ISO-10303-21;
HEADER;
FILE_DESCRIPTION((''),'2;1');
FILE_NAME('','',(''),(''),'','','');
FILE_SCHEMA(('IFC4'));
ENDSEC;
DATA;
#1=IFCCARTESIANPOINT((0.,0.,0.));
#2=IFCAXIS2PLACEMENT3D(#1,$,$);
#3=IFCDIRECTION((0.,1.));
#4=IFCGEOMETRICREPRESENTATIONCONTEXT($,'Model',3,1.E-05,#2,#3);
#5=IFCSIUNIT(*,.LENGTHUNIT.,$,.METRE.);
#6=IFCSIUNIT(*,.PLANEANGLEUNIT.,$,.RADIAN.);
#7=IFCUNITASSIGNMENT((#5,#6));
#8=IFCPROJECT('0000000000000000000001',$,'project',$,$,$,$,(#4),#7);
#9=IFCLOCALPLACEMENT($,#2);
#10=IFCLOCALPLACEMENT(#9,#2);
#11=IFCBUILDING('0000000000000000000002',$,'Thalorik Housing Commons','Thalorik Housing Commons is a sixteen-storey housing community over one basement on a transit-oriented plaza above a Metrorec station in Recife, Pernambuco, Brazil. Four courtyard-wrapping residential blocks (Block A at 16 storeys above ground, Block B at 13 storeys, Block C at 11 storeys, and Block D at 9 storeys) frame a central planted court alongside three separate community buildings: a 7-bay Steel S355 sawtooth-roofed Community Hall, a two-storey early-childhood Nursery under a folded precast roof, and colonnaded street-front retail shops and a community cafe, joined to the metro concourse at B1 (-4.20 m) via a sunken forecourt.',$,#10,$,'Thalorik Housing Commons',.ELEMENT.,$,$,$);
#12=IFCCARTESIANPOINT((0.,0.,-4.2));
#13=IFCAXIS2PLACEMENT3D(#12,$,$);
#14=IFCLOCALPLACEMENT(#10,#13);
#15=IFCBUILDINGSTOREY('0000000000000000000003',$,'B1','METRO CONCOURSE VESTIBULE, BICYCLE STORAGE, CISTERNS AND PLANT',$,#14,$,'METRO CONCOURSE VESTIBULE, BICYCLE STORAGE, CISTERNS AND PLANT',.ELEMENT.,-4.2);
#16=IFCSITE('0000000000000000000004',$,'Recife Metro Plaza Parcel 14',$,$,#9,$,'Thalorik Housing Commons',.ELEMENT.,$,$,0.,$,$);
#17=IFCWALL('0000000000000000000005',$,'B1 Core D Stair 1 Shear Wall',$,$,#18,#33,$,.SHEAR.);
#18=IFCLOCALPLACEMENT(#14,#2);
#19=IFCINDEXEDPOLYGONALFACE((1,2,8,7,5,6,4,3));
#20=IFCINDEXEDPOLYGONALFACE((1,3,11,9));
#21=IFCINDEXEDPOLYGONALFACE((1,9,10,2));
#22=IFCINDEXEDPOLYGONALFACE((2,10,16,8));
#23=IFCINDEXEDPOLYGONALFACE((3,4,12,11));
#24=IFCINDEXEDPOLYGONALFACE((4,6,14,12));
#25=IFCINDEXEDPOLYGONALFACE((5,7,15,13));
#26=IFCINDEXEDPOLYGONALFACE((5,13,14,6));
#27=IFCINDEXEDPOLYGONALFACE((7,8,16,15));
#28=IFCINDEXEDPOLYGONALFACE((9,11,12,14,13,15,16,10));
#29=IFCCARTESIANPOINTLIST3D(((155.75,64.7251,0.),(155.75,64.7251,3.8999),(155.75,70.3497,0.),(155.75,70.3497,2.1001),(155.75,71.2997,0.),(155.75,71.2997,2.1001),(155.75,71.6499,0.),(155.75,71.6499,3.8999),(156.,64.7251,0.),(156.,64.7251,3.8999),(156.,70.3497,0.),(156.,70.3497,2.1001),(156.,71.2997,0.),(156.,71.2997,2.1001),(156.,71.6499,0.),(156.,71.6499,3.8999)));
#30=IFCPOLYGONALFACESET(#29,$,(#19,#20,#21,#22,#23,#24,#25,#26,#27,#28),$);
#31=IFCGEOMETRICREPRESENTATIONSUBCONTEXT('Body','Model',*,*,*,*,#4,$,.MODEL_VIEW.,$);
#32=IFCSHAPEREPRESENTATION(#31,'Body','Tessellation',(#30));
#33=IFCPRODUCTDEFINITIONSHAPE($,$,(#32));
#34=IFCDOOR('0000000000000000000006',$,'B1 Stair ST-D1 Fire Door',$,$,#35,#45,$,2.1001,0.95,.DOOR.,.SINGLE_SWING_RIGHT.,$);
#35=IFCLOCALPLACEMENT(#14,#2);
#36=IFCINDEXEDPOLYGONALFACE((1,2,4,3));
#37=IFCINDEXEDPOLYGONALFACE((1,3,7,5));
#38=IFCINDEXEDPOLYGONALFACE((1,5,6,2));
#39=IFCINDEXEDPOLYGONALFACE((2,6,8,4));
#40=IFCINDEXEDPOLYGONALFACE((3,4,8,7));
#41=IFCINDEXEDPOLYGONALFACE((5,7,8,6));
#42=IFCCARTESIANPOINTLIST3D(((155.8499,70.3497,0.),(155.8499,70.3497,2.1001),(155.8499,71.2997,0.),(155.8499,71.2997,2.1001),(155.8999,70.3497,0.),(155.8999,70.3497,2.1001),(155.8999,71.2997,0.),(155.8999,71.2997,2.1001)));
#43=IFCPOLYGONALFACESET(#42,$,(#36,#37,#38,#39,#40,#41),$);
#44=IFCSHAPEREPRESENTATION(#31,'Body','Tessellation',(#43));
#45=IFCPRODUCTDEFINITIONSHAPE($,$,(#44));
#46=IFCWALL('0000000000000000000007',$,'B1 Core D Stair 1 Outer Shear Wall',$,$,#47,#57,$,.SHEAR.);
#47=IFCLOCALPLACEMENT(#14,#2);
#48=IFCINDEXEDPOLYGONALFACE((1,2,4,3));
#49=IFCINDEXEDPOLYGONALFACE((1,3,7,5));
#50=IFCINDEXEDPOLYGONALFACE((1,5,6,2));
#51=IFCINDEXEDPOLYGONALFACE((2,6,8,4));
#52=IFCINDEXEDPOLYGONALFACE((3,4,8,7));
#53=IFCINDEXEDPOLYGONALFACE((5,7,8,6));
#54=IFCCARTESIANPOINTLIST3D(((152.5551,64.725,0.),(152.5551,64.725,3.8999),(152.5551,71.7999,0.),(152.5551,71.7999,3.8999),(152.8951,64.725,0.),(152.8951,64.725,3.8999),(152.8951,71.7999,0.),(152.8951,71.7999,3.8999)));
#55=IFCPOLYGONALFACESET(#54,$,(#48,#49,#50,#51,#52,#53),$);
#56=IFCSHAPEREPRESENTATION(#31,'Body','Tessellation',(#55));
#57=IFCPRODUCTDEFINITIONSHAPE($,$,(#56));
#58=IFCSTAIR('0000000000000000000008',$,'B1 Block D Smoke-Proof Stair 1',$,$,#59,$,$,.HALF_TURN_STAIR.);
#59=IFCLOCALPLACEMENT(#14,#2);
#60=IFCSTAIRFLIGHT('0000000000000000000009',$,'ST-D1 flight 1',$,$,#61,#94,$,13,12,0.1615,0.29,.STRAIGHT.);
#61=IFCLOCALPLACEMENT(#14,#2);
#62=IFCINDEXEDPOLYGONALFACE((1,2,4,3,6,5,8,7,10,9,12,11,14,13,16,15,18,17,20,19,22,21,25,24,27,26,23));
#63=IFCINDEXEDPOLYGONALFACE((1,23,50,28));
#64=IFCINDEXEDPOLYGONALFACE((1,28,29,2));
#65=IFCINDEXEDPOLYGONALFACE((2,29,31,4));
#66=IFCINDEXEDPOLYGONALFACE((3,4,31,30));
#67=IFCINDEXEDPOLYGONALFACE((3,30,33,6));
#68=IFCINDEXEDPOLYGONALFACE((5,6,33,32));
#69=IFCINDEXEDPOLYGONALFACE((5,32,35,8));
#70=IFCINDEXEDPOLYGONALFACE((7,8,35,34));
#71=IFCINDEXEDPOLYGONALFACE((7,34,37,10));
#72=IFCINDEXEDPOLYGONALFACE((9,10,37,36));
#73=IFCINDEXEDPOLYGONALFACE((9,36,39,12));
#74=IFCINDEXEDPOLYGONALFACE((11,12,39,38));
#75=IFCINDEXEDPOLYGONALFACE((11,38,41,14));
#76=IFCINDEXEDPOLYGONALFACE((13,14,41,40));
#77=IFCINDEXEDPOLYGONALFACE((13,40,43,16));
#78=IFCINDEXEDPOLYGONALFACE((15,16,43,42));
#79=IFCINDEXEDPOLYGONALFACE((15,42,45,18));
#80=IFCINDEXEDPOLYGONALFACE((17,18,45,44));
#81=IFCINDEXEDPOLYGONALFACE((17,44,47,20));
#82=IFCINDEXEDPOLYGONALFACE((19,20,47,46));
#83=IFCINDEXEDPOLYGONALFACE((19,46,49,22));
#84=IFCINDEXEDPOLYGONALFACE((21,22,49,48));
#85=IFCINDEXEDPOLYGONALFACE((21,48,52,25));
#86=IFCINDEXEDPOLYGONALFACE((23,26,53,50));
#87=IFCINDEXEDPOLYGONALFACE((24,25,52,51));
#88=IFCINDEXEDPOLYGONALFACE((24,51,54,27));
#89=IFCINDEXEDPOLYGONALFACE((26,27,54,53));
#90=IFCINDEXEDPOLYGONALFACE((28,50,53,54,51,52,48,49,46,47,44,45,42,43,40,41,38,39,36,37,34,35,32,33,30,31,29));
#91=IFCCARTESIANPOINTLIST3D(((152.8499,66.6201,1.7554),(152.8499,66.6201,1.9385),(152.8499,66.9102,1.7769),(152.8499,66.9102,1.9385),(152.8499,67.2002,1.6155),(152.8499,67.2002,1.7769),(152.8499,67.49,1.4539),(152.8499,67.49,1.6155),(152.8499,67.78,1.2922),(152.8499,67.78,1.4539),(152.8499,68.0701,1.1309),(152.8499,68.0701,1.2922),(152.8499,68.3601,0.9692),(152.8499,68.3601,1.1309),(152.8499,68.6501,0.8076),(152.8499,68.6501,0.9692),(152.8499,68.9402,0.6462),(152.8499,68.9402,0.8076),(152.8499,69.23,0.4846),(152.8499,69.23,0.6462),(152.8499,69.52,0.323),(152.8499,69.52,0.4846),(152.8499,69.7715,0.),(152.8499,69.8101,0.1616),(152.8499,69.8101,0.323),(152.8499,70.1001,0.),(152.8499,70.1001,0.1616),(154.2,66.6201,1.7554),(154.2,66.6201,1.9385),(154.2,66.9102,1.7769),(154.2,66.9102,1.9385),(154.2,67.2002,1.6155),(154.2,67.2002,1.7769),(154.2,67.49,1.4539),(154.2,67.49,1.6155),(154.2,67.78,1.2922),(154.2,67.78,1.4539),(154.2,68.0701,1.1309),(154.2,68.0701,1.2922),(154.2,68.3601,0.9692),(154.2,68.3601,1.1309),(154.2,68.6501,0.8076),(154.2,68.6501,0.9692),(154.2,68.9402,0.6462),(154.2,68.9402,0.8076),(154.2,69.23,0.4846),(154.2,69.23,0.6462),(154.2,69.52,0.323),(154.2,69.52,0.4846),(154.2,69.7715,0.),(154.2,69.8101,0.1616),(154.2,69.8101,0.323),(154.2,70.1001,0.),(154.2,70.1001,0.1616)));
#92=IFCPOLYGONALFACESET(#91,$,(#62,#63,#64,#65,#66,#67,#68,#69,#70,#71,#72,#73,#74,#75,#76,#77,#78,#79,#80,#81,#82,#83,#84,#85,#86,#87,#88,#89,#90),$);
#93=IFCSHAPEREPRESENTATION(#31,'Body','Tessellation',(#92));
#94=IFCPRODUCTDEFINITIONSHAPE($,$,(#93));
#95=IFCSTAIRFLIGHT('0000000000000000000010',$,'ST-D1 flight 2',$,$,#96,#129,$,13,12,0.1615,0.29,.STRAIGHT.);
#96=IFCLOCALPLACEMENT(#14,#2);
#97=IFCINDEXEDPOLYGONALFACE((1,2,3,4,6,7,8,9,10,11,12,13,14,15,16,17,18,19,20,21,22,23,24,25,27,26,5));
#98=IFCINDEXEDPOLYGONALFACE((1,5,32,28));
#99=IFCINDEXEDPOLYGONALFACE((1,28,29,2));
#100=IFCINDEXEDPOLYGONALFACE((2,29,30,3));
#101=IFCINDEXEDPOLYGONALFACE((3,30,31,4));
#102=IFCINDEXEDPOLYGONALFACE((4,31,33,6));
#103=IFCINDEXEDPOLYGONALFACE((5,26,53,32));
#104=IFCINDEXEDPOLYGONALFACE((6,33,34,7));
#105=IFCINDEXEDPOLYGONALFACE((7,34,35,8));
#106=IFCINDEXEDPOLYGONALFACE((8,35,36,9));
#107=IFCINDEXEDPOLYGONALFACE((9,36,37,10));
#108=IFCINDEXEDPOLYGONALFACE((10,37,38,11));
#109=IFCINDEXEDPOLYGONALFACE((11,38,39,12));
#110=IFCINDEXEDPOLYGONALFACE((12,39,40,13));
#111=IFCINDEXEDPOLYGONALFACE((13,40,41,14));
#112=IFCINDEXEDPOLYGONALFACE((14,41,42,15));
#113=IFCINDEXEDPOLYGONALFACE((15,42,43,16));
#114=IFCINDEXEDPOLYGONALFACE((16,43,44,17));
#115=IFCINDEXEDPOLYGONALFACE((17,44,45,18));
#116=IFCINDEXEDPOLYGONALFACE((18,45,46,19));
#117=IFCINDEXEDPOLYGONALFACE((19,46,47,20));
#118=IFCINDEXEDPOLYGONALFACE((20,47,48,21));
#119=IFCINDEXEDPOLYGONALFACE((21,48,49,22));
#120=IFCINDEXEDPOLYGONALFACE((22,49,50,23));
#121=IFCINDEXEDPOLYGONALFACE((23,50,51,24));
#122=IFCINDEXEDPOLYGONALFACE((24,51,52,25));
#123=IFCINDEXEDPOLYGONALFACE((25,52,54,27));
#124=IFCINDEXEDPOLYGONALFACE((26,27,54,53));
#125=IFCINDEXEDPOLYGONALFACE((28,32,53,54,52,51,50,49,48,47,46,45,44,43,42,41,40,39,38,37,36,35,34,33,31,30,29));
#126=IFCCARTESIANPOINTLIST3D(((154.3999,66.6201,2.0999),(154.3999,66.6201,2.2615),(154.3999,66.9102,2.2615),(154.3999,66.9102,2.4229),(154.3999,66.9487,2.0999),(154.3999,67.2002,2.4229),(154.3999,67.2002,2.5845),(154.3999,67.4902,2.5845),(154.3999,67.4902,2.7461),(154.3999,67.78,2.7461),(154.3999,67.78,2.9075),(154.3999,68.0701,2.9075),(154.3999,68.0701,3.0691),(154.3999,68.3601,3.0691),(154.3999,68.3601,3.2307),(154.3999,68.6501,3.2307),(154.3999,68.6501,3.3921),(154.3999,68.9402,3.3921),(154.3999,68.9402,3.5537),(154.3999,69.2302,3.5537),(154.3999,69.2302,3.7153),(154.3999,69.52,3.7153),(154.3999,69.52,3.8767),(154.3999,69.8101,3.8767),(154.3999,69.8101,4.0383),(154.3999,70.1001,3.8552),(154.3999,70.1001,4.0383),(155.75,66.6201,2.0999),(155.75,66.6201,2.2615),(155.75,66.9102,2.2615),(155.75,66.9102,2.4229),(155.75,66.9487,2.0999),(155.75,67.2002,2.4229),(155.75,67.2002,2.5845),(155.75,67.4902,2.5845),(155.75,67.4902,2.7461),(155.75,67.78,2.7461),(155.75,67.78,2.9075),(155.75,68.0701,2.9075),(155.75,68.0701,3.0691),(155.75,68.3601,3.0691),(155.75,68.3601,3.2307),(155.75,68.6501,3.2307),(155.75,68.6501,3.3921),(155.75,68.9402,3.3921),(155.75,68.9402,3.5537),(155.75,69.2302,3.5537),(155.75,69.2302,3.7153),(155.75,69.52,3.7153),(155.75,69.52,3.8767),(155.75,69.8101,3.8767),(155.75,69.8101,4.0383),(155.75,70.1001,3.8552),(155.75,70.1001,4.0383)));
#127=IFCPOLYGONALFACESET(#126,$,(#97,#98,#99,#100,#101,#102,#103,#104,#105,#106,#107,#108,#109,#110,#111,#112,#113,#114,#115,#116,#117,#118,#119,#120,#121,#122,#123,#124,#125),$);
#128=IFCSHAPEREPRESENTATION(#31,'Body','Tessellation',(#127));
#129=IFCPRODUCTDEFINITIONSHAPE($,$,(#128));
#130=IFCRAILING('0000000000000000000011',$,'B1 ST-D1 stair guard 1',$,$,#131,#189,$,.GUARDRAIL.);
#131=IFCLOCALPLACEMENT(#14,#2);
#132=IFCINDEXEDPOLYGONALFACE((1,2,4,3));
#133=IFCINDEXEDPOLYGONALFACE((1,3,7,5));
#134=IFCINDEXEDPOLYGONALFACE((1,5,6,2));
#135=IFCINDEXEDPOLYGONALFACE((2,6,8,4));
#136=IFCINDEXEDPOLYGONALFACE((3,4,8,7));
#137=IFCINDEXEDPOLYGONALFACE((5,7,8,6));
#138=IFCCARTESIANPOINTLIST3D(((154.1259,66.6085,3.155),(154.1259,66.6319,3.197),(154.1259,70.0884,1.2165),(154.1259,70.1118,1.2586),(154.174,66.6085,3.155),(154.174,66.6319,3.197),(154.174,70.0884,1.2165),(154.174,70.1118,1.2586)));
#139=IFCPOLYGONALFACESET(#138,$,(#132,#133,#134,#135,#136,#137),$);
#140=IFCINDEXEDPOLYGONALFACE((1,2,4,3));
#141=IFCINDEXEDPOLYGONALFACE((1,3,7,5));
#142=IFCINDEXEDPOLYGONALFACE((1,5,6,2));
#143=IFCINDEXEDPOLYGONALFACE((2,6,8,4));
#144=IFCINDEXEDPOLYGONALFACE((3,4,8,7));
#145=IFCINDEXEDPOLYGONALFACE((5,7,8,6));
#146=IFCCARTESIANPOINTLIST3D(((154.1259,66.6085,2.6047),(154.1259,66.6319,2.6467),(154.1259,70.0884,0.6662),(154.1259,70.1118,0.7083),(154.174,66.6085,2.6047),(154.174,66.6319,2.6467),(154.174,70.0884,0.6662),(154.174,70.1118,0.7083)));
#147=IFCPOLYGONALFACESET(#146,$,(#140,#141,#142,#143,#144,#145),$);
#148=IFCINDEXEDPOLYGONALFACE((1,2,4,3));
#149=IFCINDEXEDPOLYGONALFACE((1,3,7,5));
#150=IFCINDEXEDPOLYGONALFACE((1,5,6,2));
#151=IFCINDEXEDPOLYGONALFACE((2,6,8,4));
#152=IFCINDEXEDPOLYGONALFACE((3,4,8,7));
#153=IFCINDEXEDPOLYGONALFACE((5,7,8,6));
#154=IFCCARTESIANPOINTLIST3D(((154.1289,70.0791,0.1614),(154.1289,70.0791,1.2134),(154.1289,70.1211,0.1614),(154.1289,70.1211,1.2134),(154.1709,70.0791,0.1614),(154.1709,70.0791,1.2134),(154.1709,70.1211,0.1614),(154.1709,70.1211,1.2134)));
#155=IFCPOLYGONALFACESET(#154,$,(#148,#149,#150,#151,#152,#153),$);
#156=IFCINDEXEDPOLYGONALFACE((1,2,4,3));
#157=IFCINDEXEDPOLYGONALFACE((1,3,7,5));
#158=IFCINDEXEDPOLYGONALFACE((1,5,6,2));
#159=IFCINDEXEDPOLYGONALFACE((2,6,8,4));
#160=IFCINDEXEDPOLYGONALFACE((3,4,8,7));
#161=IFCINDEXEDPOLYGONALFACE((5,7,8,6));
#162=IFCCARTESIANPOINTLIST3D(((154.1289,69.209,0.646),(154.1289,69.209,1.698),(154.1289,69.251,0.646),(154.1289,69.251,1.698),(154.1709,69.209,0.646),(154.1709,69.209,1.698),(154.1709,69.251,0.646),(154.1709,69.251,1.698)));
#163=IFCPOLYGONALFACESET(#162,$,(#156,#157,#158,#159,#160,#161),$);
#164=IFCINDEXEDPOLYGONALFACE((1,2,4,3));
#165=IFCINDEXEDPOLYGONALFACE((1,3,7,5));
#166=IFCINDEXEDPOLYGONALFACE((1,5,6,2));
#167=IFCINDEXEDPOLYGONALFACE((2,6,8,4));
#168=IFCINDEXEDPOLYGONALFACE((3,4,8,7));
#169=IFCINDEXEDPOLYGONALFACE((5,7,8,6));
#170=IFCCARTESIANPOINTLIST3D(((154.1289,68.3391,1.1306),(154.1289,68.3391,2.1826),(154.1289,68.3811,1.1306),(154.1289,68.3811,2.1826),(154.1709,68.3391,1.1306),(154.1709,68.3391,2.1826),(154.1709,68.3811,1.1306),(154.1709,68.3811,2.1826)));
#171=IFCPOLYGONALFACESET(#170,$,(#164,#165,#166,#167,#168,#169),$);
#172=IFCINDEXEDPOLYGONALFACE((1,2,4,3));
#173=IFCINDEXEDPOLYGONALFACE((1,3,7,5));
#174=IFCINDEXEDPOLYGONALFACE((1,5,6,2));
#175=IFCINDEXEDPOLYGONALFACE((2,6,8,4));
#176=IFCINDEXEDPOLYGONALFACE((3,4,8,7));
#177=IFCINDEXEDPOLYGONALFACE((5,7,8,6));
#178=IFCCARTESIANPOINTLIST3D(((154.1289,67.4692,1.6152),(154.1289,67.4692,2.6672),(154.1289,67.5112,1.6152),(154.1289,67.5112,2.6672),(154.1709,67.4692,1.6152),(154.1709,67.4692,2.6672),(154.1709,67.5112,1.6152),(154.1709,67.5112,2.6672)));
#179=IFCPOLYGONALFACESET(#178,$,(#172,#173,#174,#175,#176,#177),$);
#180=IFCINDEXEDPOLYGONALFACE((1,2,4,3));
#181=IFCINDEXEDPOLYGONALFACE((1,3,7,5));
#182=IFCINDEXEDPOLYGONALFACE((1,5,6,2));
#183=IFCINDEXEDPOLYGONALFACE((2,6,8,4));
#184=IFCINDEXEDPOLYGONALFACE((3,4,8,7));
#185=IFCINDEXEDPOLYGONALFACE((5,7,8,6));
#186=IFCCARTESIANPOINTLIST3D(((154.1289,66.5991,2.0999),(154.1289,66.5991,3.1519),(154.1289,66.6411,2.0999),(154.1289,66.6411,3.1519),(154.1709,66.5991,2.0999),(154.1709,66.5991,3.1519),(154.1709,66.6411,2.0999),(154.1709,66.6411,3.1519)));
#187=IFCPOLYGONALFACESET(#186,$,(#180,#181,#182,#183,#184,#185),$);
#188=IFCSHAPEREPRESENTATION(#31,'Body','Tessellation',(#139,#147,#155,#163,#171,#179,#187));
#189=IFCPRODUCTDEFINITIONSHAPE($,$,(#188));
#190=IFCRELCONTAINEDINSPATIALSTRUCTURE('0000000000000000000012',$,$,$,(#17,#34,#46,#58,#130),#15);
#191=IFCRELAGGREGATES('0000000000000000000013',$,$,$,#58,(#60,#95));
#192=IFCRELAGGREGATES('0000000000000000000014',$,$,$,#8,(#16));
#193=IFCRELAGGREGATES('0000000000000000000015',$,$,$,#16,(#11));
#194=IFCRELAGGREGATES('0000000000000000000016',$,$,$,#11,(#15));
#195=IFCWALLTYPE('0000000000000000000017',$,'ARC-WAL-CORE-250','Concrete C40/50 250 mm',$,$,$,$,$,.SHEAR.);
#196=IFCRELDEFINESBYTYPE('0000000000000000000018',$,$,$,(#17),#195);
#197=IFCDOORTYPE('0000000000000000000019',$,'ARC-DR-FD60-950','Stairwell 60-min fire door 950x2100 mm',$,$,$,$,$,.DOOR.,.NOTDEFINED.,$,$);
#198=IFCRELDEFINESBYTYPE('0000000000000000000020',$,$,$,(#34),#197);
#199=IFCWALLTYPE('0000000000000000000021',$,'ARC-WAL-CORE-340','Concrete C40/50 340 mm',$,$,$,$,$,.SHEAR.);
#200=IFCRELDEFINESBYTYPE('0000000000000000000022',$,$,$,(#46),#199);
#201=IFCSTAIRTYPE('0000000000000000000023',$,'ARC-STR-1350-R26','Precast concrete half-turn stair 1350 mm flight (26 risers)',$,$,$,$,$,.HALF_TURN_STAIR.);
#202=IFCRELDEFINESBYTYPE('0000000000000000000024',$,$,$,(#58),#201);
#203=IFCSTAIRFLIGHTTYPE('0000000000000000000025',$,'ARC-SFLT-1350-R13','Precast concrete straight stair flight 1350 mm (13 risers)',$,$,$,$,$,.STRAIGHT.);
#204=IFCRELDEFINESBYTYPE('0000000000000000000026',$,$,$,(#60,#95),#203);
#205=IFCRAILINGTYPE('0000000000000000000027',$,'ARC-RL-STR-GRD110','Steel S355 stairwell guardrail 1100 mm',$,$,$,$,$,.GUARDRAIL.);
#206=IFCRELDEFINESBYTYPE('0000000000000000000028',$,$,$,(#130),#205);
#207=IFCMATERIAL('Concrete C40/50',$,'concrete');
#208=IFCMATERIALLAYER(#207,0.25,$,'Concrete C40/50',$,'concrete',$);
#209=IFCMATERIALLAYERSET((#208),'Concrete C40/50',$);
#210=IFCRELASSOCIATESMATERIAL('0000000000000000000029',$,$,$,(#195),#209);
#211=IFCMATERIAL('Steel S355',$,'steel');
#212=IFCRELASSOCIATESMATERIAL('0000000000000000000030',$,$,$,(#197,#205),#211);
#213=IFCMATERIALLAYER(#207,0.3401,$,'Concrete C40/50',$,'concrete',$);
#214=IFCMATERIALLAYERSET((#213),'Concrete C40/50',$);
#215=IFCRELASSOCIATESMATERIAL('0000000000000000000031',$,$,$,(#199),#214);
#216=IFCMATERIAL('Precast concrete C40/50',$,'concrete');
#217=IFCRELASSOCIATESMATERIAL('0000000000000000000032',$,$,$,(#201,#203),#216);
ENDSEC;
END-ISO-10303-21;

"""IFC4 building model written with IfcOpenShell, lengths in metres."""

from ifc_helpers import new_model, si_unit, direction, frame, frame_2d, origin, origin_2d, place, context, subcontext, project, spatial, polyline, rectangle, outline, extrude, material, layer, layer_set, type_object, element, fill, aggregate, save


model = new_model("IFC4")

# Units and contexts
model_context = context("Model", 3, precision=1e-05, world=origin(), true_north=direction((0.0, 1.0)))
body_context = subcontext(model_context, "Body", "Model", "MODEL_VIEW")
ifc_project = project(units=[si_unit("LENGTHUNIT", "METRE"), si_unit("PLANEANGLEUNIT", "RADIAN")], contexts=[model_context])

# Site, building, storey
site_placement = place(None, origin())
site = spatial("IfcSite", under=ifc_project, at=site_placement, Name="Recife Metro Plaza Parcel 14", LongName="Thalorik Housing Commons", CompositionType="ELEMENT", RefElevation=0.0)
building_placement = place(site_placement, origin())
building = spatial("IfcBuilding", under=site, at=building_placement, Name="Thalorik Housing Commons", Description="Thalorik Housing Commons is a sixteen-storey housing community over one basement on a transit-oriented plaza above a Metrorec station in Recife, Pernambuco, Brazil. Four courtyard-wrapping residential blocks (Block A at 16 storeys above ground, Block B at 13 storeys, Block C at 11 storeys, and Block D at 9 storeys) frame a central planted court alongside three separate community buildings: a 7-bay Steel S355 sawtooth-roofed Community Hall, a two-storey early-childhood Nursery under a folded precast roof, and colonnaded street-front retail shops and a community cafe, joined to the metro concourse at B1 (-4.20 m) via a sunken forecourt.", LongName="Thalorik Housing Commons", CompositionType="ELEMENT")
storey_placement = place(building_placement, frame((0.0, 0.0, -4.2)))
storey = spatial("IfcBuildingStorey", under=building, at=storey_placement, Name="B1", Description="METRO CONCOURSE VESTIBULE, BICYCLE STORAGE, CISTERNS AND PLANT", LongName="METRO CONCOURSE VESTIBULE, BICYCLE STORAGE, CISTERNS AND PLANT", CompositionType="ELEMENT", Elevation=-4.2)

# Shared definitions
ifc_material_1 = material(Name="Concrete C40/50", Category="concrete")

# Shared definitions
ifc_material_2 = material(Name="Precast concrete C40/50", Category="concrete")

# Wall, opening, door
ifc_layer_1 = layer(ifc_material_1, 0.25, Name="Concrete C40/50", Category="concrete")
ifc_layer_set_1 = layer_set([ifc_layer_1], Name="Concrete C40/50")
wall_type_1 = type_object("IfcWallType", Name="ARC-WAL-CORE-250", Description="Concrete C40/50 250 mm", PredefinedType="SHEAR", material=ifc_layer_set_1)
wall_1_placement = place(storey_placement, frame((155.875, 71.6499, 0.0), z_axis=(0.0, 0.0, 1.0), x_axis=(0.0, -1.0, 0.0)))
wall_1 = element("IfcWall", 1, at=wall_1_placement, inside=storey, type_object=wall_type_1, Name="B1 Core D Stair 1 Shear Wall", PredefinedType="SHEAR", context=body_context, shape_type="SweptSolid", body=[
    extrude(rectangle(XDim=6.9248, YDim=0.25, at=frame_2d((3.4624, 0.0))), origin(), (0.0, 0.0, 1.0), 3.8999),
])
opening_1_placement = place(wall_1_placement, frame((0.3501, 0.0, 0.0)))
opening_1 = element("IfcOpeningElement", 2, at=opening_1_placement, cuts=wall_1, PredefinedType="OPENING", context=body_context, shape_type="SweptSolid", body=[
    extrude(rectangle(XDim=0.95, YDim=2.1001, at=frame_2d((0.4751, 1.05))), frame((0.0, 0.135, 0.0), z_axis=(0.0, -1.0, 0.0), x_axis=(1.0, 0.0, 0.0)), (0.0, 0.0, 1.0), 0.27),
])
ifc_material_3 = material(Name="Steel S355", Category="steel")
door_type_1 = type_object("IfcDoorType", Name="ARC-DR-FD60-950", Description="Stairwell 60-min fire door 950x2100 mm", OperationType="NOTDEFINED", PredefinedType="DOOR", material=ifc_material_3)
door_1_placement = place(opening_1_placement, origin())
door_1 = element("IfcDoor", 3, at=door_1_placement, inside=storey, type_object=door_type_1, Name="B1 Stair ST-D1 Fire Door", OperationType="SINGLE_SWING_RIGHT", OverallHeight=2.1001, OverallWidth=0.95, PredefinedType="DOOR", context=body_context, shape_type="SweptSolid", body=[
    extrude(rectangle(XDim=0.95, YDim=2.1001, at=frame_2d((0.4751, 1.05))), frame((0.0, 0.0249, 0.0), z_axis=(0.0, -1.0, 0.0), x_axis=(1.0, 0.0, 0.0)), (0.0, 0.0, 1.0), 0.05),
])
fill(opening_1, door_1)

# Wall
ifc_layer_2 = layer(ifc_material_1, 0.3401, Name="Concrete C40/50", Category="concrete")
ifc_layer_set_2 = layer_set([ifc_layer_2], Name="Concrete C40/50")
wall_type_2 = type_object("IfcWallType", Name="ARC-WAL-CORE-340", Description="Concrete C40/50 340 mm", PredefinedType="SHEAR", material=ifc_layer_set_2)
wall_2_placement = place(storey_placement, frame((152.7251, 71.8, 0.0), z_axis=(0.0, 0.0, 1.0), x_axis=(0.0, -1.0, 0.0)))
element("IfcWall", 4, at=wall_2_placement, inside=storey, type_object=wall_type_2, Name="B1 Core D Stair 1 Outer Shear Wall", PredefinedType="SHEAR", context=body_context, shape_type="SweptSolid", body=[
    extrude(rectangle(XDim=7.075, YDim=0.3401, at=frame_2d((3.5376, 0.0))), origin(), (0.0, 0.0, 1.0), 3.8999),
])

# Stair, stair flights
stair_type = type_object("IfcStairType", Name="ARC-STR-1350-R26", Description="Precast concrete half-turn stair 1350 mm flight (26 risers)", PredefinedType="HALF_TURN_STAIR", material=ifc_material_2)
stair_placement = place(storey_placement, origin())
stair = element("IfcStair", 5, at=stair_placement, inside=storey, type_object=stair_type, Name="B1 Block D Smoke-Proof Stair 1", PredefinedType="HALF_TURN_STAIR")
stair_flight_type = type_object("IfcStairFlightType", Name="ARC-SFLT-1350-R13", Description="Precast concrete straight stair flight 1350 mm (13 risers)", PredefinedType="STRAIGHT", material=ifc_material_2)
stair_flight_1_placement = place(storey_placement, frame((153.5249, 70.1001, 0.0), z_axis=(0.0, 0.0, 1.0), x_axis=(0.0, -1.0, 0.0)))
stair_flight_1 = element("IfcStairFlight", 6, at=stair_flight_1_placement, type_object=stair_flight_type, Name="ST-D1 flight 1", NumberOfRisers=13, NumberOfTreads=12, PredefinedType="STRAIGHT", RiserHeight=0.1615, TreadLength=0.29, context=body_context, shape_type="SweptSolid", body=[
    extrude(outline(polyline([(0.0, 0.0), (0.0, 0.1616), (0.29, 0.1616), (0.29, 0.323), (0.5801, 0.323), (0.5801, 0.4846), (0.8701, 0.4846), (0.8701, 0.6462), (1.1599, 0.6462), (1.1599, 0.8076), (1.45, 0.8076), (1.45, 0.9692), (1.74, 0.9692), (1.74, 1.1309), (2.03, 1.1309), (2.03, 1.2922), (2.3201, 1.2922), (2.3201, 1.4539), (2.6101, 1.4539), (2.6101, 1.6155), (2.8999, 1.6155), (2.8999, 1.7769), (3.1899, 1.7769), (3.1899, 1.9385), (3.48, 1.9385), (3.48, 2.1001), (3.48, 1.7554), (0.3286, 0.0), (0.0, 0.0)])), frame((0.0, 0.675, 0.0), z_axis=(0.0, -1.0, 0.0), x_axis=(1.0, 0.0, 0.0)), (0.0, 0.0, 1.0), 1.3501),
])
stair_flight_2_placement = place(storey_placement, frame((155.075, 66.6201, 2.0999), z_axis=(0.0, 0.0, 1.0), x_axis=(0.0, 1.0, 0.0)))
stair_flight_2 = element("IfcStairFlight", 7, at=stair_flight_2_placement, type_object=stair_flight_type, Name="ST-D1 flight 2", NumberOfRisers=13, NumberOfTreads=12, PredefinedType="STRAIGHT", RiserHeight=0.1615, TreadLength=0.29, context=body_context, shape_type="SweptSolid", body=[
    extrude(outline(polyline([(0.0, 0.0), (0.0, 0.1616), (0.29, 0.1616), (0.29, 0.323), (0.5801, 0.323), (0.5801, 0.4846), (0.8701, 0.4846), (0.8701, 0.6462), (1.1599, 0.6462), (1.1599, 0.8076), (1.45, 0.8076), (1.45, 0.9692), (1.74, 0.9692), (1.74, 1.1309), (2.03, 1.1309), (2.03, 1.2922), (2.3201, 1.2922), (2.3201, 1.4539), (2.6101, 1.4539), (2.6101, 1.6155), (2.8999, 1.6155), (2.8999, 1.7769), (3.1899, 1.7769), (3.1899, 1.9385), (3.48, 1.9385), (3.48, 2.1001), (3.48, 1.7554), (0.3286, 0.0), (0.0, 0.0)])), frame((0.0, 0.675, 0.0), z_axis=(0.0, -1.0, 0.0), x_axis=(1.0, 0.0, 0.0)), (0.0, 0.0, 1.0), 1.3501),
])
aggregate(stair, [stair_flight_1, stair_flight_2])

# Railing
railing_type_1 = type_object("IfcRailingType", Name="ARC-RL-STR-GRD110", Description="Steel S355 stairwell guardrail 1100 mm", PredefinedType="GUARDRAIL", material=ifc_material_3)
railing_1_placement = place(storey_placement, frame((154.1499, 70.1001, 0.1614)))
element("IfcRailing", 8, at=railing_1_placement, inside=storey, type_object=railing_type_1, Name="B1 ST-D1 stair guard 1", PredefinedType="GUARDRAIL", context=body_context, shape_type="SweptSolid", body=[
    extrude(rectangle(XDim=0.0481, YDim=0.0481, at=origin_2d()), frame((0.0, 0.0, 1.0762), z_axis=(0.0, -0.873607, 0.486631), x_axis=(1.0, 0.0, 0.0)), (0.0, 0.0, 1.0), 3.9834),
    extrude(rectangle(XDim=0.0481, YDim=0.0481, at=origin_2d()), frame((0.0, 0.0, 0.5259), z_axis=(0.0, -0.873607, 0.486631), x_axis=(1.0, 0.0, 0.0)), (0.0, 0.0, 1.0), 3.9834),
    extrude(rectangle(XDim=0.042, YDim=0.042, at=origin_2d()), origin(), (0.0, 0.0, 1.0), 1.052),
    extrude(rectangle(XDim=0.042, YDim=0.042, at=origin_2d()), frame((0.0, -0.8701, 0.4846)), (0.0, 0.0, 1.0), 1.052),
    extrude(rectangle(XDim=0.042, YDim=0.042, at=origin_2d()), frame((0.0, -1.74, 0.9692)), (0.0, 0.0, 1.0), 1.052),
    extrude(rectangle(XDim=0.042, YDim=0.042, at=origin_2d()), frame((0.0, -2.6099, 1.4539)), (0.0, 0.0, 1.0), 1.052),
    extrude(rectangle(XDim=0.042, YDim=0.042, at=origin_2d()), frame((0.0, -3.48, 1.9385)), (0.0, 0.0, 1.0), 1.052),
])

save(model, "model.ifc")
